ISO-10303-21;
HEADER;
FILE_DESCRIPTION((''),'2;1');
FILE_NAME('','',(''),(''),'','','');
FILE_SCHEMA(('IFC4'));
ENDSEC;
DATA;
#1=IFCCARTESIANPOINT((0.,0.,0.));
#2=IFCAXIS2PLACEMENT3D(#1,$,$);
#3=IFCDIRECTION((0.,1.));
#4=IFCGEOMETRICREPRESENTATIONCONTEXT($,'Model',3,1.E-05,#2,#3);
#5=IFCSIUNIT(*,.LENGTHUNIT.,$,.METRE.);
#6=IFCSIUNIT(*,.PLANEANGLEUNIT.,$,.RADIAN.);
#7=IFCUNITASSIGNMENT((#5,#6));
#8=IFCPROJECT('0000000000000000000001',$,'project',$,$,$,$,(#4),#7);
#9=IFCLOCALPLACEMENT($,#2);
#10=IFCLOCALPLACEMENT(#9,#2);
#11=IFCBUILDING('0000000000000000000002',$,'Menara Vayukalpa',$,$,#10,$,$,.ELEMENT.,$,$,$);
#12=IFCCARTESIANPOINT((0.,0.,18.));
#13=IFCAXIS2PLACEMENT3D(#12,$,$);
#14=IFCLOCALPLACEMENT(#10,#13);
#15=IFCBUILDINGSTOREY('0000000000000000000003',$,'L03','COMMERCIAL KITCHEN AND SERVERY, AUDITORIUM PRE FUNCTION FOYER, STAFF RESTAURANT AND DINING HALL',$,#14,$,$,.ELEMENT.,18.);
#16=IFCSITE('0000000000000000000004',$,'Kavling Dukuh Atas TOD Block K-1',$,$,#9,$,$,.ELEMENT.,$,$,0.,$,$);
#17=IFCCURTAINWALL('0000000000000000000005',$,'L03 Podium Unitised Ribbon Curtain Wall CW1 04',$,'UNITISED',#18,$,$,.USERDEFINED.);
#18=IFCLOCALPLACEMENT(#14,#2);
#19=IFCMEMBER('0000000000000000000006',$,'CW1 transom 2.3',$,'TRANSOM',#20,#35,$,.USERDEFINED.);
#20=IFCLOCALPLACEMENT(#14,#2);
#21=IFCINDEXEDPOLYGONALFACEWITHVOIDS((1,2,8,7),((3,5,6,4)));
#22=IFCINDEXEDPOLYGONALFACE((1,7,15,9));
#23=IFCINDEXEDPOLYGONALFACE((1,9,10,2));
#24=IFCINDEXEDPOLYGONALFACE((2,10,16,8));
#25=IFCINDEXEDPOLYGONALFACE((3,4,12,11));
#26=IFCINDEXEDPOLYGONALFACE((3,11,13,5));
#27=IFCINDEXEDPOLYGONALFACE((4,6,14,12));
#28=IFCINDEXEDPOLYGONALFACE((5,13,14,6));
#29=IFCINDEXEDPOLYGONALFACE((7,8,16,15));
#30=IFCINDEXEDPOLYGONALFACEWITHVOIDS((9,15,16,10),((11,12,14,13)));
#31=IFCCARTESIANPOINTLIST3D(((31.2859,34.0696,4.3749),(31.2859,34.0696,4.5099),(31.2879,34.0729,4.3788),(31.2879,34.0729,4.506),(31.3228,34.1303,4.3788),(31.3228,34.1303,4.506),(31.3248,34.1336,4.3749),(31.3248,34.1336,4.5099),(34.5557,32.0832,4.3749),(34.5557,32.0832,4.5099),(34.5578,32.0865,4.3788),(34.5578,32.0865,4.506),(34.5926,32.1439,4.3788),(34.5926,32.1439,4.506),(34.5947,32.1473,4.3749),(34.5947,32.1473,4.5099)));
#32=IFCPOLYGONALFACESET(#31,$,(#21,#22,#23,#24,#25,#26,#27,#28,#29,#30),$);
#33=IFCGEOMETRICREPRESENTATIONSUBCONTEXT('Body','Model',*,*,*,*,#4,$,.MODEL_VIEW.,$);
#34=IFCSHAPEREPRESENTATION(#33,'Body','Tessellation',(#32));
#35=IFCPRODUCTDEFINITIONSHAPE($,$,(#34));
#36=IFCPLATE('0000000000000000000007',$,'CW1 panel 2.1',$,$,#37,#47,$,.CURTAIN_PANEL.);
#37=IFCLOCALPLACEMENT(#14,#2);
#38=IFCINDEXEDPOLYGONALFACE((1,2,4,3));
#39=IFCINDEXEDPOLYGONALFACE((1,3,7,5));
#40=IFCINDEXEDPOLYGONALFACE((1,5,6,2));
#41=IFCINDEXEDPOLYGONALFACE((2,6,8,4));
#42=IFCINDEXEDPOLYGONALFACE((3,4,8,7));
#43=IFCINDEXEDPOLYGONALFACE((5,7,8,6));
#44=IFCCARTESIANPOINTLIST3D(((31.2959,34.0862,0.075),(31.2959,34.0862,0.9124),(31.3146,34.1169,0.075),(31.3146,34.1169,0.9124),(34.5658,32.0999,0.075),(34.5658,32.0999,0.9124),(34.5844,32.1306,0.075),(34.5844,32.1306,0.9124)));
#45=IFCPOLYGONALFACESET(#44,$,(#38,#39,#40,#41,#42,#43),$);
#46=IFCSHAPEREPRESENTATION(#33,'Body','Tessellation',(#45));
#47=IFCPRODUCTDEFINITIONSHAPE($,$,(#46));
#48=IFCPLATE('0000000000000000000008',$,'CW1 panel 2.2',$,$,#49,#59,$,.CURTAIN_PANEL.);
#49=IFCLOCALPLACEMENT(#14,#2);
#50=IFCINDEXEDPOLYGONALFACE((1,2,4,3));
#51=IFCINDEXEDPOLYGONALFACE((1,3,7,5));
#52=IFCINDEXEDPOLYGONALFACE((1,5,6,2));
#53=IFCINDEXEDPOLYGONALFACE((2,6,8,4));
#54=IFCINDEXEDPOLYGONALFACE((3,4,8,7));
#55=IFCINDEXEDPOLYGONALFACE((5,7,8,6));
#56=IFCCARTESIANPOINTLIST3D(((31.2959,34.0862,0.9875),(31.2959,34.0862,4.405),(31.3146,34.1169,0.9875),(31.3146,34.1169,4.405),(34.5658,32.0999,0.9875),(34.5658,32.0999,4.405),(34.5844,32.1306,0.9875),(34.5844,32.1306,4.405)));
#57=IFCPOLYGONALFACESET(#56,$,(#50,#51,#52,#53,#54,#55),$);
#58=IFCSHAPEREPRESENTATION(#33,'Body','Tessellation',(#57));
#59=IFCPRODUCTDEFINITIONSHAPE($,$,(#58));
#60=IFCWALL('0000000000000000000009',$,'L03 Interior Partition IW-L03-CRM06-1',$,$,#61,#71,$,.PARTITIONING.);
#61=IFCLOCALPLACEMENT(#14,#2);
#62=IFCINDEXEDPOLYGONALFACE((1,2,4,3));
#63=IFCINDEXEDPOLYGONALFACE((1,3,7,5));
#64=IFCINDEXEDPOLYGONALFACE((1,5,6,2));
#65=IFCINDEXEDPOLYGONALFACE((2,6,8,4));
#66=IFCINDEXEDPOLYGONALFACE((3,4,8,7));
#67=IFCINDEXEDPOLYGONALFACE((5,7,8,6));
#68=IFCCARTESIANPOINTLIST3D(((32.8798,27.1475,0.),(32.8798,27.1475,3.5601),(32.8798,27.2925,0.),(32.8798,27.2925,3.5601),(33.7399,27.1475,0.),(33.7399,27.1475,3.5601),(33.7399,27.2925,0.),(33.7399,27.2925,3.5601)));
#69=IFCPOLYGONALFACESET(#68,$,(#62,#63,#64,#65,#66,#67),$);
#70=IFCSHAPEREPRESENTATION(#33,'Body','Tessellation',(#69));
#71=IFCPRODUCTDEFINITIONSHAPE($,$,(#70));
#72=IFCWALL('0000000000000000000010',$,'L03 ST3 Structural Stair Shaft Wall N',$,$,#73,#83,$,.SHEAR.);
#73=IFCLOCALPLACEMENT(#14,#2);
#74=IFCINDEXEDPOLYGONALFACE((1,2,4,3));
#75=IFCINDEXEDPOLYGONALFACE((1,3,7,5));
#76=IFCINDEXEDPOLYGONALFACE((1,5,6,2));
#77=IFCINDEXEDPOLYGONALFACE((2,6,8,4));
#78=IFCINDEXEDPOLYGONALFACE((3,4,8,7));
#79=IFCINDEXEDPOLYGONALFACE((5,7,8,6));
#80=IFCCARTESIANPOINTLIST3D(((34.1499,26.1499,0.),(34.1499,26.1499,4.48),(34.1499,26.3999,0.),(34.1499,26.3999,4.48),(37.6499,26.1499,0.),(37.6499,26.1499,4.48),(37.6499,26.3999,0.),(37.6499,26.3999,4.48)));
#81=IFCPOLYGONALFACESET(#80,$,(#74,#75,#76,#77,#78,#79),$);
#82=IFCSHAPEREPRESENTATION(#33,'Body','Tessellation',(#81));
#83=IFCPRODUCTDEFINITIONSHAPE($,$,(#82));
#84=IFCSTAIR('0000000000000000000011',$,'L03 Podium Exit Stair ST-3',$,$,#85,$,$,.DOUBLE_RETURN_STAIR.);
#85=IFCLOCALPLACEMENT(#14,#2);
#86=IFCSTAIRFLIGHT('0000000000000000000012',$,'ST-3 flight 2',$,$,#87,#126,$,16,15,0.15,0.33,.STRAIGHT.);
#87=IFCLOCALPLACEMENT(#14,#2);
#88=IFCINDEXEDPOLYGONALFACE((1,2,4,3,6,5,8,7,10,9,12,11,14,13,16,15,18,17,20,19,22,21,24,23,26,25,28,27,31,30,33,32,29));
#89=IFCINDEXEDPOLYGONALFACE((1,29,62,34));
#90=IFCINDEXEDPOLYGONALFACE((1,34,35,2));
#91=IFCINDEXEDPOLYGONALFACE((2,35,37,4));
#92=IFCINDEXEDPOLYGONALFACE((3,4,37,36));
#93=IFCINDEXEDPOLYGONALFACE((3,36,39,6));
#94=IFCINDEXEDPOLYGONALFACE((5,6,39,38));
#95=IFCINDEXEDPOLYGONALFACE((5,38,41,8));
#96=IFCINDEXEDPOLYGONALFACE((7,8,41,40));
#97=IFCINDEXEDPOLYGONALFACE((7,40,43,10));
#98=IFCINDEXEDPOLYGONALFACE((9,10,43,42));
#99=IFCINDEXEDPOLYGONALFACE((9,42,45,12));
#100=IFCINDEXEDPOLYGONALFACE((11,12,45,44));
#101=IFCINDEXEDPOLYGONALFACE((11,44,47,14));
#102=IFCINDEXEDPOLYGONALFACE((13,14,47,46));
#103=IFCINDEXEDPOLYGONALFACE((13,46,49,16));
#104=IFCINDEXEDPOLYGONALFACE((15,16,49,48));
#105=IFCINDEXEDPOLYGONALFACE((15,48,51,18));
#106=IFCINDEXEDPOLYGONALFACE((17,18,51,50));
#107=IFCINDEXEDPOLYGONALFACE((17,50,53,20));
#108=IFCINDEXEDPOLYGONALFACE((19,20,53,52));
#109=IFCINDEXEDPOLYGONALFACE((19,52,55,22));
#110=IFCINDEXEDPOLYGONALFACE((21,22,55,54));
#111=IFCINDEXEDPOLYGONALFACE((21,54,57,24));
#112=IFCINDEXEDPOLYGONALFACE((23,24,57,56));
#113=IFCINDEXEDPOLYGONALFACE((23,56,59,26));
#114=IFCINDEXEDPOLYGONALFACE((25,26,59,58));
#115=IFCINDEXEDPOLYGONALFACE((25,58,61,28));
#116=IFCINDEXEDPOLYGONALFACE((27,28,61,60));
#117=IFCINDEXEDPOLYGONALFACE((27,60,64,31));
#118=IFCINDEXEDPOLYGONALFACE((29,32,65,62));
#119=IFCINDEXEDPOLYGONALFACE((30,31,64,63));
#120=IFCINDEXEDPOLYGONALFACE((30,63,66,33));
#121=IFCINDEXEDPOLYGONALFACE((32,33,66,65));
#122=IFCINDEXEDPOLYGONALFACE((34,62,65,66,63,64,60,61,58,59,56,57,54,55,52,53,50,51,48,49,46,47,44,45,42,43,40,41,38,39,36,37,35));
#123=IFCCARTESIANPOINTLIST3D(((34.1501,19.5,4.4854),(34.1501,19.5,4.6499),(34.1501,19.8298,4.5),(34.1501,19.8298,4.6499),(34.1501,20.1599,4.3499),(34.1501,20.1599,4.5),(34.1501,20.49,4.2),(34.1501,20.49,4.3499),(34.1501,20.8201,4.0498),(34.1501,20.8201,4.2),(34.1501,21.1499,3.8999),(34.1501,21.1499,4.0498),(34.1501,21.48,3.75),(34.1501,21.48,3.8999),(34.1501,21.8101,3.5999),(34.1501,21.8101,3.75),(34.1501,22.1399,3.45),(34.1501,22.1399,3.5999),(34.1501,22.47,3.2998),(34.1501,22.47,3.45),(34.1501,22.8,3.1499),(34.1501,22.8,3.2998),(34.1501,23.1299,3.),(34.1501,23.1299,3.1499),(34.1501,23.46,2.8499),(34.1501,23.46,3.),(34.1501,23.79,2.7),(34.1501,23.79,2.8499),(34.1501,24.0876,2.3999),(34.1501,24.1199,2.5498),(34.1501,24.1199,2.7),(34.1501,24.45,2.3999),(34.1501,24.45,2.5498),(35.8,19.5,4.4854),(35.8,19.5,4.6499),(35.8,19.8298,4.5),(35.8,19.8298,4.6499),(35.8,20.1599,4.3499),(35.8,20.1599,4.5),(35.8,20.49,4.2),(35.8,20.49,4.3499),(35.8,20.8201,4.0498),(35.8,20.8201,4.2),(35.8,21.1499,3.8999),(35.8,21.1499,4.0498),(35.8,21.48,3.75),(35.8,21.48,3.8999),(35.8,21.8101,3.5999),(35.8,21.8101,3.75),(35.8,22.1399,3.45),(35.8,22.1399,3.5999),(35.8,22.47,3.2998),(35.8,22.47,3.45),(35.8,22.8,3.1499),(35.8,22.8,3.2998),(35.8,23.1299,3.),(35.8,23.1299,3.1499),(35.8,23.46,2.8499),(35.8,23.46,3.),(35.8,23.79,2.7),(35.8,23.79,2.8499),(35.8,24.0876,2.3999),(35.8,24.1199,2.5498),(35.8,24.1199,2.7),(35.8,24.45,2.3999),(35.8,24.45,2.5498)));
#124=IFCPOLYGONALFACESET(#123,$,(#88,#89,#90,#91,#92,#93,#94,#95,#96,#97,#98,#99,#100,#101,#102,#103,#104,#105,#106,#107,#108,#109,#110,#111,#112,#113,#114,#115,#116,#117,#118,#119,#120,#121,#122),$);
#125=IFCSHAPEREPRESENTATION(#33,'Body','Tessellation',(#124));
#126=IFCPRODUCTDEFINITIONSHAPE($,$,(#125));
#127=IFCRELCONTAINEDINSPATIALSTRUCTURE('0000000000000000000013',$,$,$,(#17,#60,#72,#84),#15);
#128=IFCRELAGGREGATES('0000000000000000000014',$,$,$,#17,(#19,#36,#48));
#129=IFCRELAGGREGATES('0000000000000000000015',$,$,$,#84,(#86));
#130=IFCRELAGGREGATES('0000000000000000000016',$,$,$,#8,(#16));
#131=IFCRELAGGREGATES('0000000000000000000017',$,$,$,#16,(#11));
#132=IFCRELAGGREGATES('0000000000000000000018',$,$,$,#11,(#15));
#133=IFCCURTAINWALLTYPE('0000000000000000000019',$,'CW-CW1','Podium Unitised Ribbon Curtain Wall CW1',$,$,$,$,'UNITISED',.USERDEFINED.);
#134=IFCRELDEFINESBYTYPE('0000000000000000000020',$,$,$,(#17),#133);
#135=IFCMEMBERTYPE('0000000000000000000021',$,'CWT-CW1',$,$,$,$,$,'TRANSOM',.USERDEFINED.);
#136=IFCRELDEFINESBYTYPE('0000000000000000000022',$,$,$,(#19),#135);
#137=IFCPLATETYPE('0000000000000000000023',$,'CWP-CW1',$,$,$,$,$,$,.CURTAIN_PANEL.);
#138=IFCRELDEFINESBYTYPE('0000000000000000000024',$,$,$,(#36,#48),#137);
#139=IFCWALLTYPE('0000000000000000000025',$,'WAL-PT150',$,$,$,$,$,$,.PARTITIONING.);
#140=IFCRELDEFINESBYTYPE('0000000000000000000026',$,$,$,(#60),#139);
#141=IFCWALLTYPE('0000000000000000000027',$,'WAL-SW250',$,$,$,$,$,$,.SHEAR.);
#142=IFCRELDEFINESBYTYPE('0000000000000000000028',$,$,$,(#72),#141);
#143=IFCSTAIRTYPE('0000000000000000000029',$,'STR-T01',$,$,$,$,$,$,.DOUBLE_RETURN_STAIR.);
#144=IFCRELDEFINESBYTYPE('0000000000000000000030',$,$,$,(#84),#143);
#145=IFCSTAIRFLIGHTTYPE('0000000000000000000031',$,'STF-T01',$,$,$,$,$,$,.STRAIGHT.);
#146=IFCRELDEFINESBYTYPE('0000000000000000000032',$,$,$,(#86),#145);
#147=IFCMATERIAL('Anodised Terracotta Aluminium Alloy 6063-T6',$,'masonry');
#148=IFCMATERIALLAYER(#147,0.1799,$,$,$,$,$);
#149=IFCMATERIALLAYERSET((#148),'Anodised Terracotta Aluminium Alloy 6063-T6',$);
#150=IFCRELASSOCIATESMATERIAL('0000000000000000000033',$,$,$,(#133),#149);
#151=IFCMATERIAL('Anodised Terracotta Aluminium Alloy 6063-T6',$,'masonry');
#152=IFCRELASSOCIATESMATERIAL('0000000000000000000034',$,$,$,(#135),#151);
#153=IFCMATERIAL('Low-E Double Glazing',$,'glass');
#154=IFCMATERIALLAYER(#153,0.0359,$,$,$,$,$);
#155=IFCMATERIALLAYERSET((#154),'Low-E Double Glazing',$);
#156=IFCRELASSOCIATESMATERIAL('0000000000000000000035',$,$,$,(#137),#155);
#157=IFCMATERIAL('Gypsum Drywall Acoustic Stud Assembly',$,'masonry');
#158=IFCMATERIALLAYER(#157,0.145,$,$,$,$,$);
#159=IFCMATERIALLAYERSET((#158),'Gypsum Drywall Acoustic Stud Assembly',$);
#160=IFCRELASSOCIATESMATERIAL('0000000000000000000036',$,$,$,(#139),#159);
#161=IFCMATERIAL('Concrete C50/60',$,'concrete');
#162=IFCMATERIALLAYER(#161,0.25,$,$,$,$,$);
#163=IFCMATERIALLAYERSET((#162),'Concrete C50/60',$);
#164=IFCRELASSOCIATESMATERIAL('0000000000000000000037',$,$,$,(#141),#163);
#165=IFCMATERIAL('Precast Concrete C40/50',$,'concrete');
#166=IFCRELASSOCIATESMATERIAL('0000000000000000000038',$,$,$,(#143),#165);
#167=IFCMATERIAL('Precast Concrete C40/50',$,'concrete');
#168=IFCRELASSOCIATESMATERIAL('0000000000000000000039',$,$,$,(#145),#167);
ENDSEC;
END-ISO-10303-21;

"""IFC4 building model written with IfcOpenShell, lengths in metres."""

from ifc_helpers import new_model, si_unit, direction, frame, frame_2d, origin, origin_2d, place, context, subcontext, project, spatial, polyline, rectangle, hollow_rectangle, outline, extrude, material, layer, layer_set, material_profile, profile_set, type_object, element, aggregate, save


model = new_model("IFC4")

# Units and contexts
model_context = context("Model", 3, precision=1e-05, world=origin(), true_north=direction((0.0, 1.0)))
body_context = subcontext(model_context, "Body", "Model", "MODEL_VIEW")
ifc_project = project(units=[si_unit("LENGTHUNIT", "METRE"), si_unit("PLANEANGLEUNIT", "RADIAN")], contexts=[model_context])

# Site, building, storey
site_placement = place(None, origin())
site = spatial("IfcSite", under=ifc_project, at=site_placement, Name="Kavling Dukuh Atas TOD Block K-1", CompositionType="ELEMENT", RefElevation=0.0)
building_placement = place(site_placement, origin())
building = spatial("IfcBuilding", under=site, at=building_placement, Name="Menara Vayukalpa", CompositionType="ELEMENT")
storey_placement = place(building_placement, frame((0.0, 0.0, 18.0)))
storey = spatial("IfcBuildingStorey", under=building, at=storey_placement, Name="L03", Description="COMMERCIAL KITCHEN AND SERVERY, AUDITORIUM PRE FUNCTION FOYER, STAFF RESTAURANT AND DINING HALL", CompositionType="ELEMENT", Elevation=18.0)

# Curtain wall, member, plates
ifc_material_1 = material(Name="Anodised Terracotta Aluminium Alloy 6063-T6", Category="masonry")
ifc_layer_1 = layer(ifc_material_1, 0.1799)
ifc_layer_set_1 = layer_set([ifc_layer_1], Name="Anodised Terracotta Aluminium Alloy 6063-T6")
curtain_wall_type = type_object("IfcCurtainWallType", Name="CW-CW1", Description="Podium Unitised Ribbon Curtain Wall CW1", ElementType="UNITISED", PredefinedType="USERDEFINED", material=ifc_layer_set_1)
curtain_wall_placement = place(storey_placement, origin())
curtain_wall = element("IfcCurtainWall", 1, at=curtain_wall_placement, inside=storey, type_object=curtain_wall_type, Name="L03 Podium Unitised Ribbon Curtain Wall CW1 04", ObjectType="UNITISED", PredefinedType="USERDEFINED")
ifc_material_2 = material(Name="Anodised Terracotta Aluminium Alloy 6063-T6", Category="masonry")
ifc_material_profile_1 = material_profile(ifc_material_2, hollow_rectangle(XDim=0.075, YDim=0.135, WallThickness=0.0039, at=origin_2d()), Name="ALU 75x135x4")
ifc_profile_set_1 = profile_set([ifc_material_profile_1], Name="Anodised Terracotta Aluminium Alloy 6063-T6")
member_type_1 = type_object("IfcMemberType", Name="CWT-CW1", ElementType="TRANSOM", PredefinedType="USERDEFINED", material=ifc_profile_set_1)
member_1_placement = place(storey_placement, frame((34.5752, 32.1152, 4.4424), z_axis=(-0.854659, 0.51919, 0.0), x_axis=(-0.51919, -0.854659, 0.0)))
member_1 = element("IfcMember", 2, at=member_1_placement, type_object=member_type_1, Name="CW1 transom 2.3", ObjectType="TRANSOM", PredefinedType="USERDEFINED", context=body_context, shape_type="SweptSolid", body=[
    extrude(hollow_rectangle(XDim=0.075, YDim=0.135, WallThickness=0.0039, at=origin_2d()), origin(), (0.0, 0.0, 1.0), 3.8259),
])
ifc_material_3 = material(Name="Low-E Double Glazing", Category="glass")
ifc_layer_2 = layer(ifc_material_3, 0.0359)
ifc_layer_set_2 = layer_set([ifc_layer_2], Name="Low-E Double Glazing")
plate_type = type_object("IfcPlateType", Name="CWP-CW1", PredefinedType="CURTAIN_PANEL", material=ifc_layer_set_2)
plate_1_placement = place(storey_placement, frame((32.9402, 33.1084, 0.075), z_axis=(0.0, 0.0, 1.0), x_axis=(-0.854665, 0.51918, 0.0)))
plate_1 = element("IfcPlate", 3, at=plate_1_placement, type_object=plate_type, Name="CW1 panel 2.1", PredefinedType="CURTAIN_PANEL", context=body_context, shape_type="SweptSolid", body=[
    extrude(rectangle(XDim=3.8259, YDim=0.0359, at=origin_2d()), origin(), (0.0, 0.0, 1.0), 0.8374),
])
plate_2_placement = place(storey_placement, frame((32.9402, 33.1084, 0.9875), z_axis=(0.0, 0.0, 1.0), x_axis=(-0.854665, 0.51918, 0.0)))
plate_2 = element("IfcPlate", 4, at=plate_2_placement, type_object=plate_type, Name="CW1 panel 2.2", PredefinedType="CURTAIN_PANEL", context=body_context, shape_type="SweptSolid", body=[
    extrude(rectangle(XDim=3.8259, YDim=0.0359, at=origin_2d()), origin(), (0.0, 0.0, 1.0), 3.4175),
])
aggregate(curtain_wall, [member_1, plate_1, plate_2])

# Walls
ifc_material_4 = material(Name="Gypsum Drywall Acoustic Stud Assembly", Category="masonry")
ifc_layer_3 = layer(ifc_material_4, 0.145)
ifc_layer_set_3 = layer_set([ifc_layer_3], Name="Gypsum Drywall Acoustic Stud Assembly")
wall_type_1 = type_object("IfcWallType", Name="WAL-PT150", PredefinedType="PARTITIONING", material=ifc_layer_set_3)
wall_1_placement = place(storey_placement, frame((33.74, 27.22, 0.0), z_axis=(0.0, 0.0, 1.0), x_axis=(-1.0, 0.0, 0.0)))
element("IfcWall", 5, at=wall_1_placement, inside=storey, type_object=wall_type_1, Name="L03 Interior Partition IW-L03-CRM06-1", PredefinedType="PARTITIONING", context=body_context, shape_type="SweptSolid", body=[
    extrude(rectangle(XDim=0.8601, YDim=0.145, at=frame_2d((0.4302, 0.0))), origin(), (0.0, 0.0, 1.0), 3.5601),
])
ifc_material_5 = material(Name="Concrete C50/60", Category="concrete")
ifc_layer_4 = layer(ifc_material_5, 0.25)
ifc_layer_set_4 = layer_set([ifc_layer_4], Name="Concrete C50/60")
wall_type_2 = type_object("IfcWallType", Name="WAL-SW250", PredefinedType="SHEAR", material=ifc_layer_set_4)
wall_2_placement = place(storey_placement, frame((34.1499, 26.2749, 0.0), z_axis=(0.0, 0.0, 1.0), x_axis=(1.0, 0.0, 0.0)))
element("IfcWall", 6, at=wall_2_placement, inside=storey, type_object=wall_type_2, Name="L03 ST3 Structural Stair Shaft Wall N", PredefinedType="SHEAR", context=body_context, shape_type="SweptSolid", body=[
    extrude(rectangle(XDim=3.5, YDim=0.25, at=frame_2d((1.75, 0.0))), origin(), (0.0, 0.0, 1.0), 4.48),
])

# Stair, stair flight
ifc_material_6 = material(Name="Precast Concrete C40/50", Category="concrete")
stair_type = type_object("IfcStairType", Name="STR-T01", PredefinedType="DOUBLE_RETURN_STAIR", material=ifc_material_6)
stair_placement = place(storey_placement, origin())
stair = element("IfcStair", 7, at=stair_placement, inside=storey, type_object=stair_type, Name="L03 Podium Exit Stair ST-3", PredefinedType="DOUBLE_RETURN_STAIR")
ifc_material_7 = material(Name="Precast Concrete C40/50", Category="concrete")
stair_flight_type = type_object("IfcStairFlightType", Name="STF-T01", PredefinedType="STRAIGHT", material=ifc_material_7)
stair_flight_placement = place(storey_placement, frame((34.9751, 24.45, 2.3999), z_axis=(0.0, 0.0, 1.0), x_axis=(0.0, -1.0, 0.0)))
stair_flight = element("IfcStairFlight", 8, at=stair_flight_placement, type_object=stair_flight_type, Name="ST-3 flight 2", NumberOfRisers=16, NumberOfTreads=15, PredefinedType="STRAIGHT", RiserHeight=0.15, TreadLength=0.33, context=body_context, shape_type="SweptSolid", body=[
    extrude(outline(polyline([(0.0, 0.0), (0.0, 0.1499), (0.3301, 0.1499), (0.3301, 0.3), (0.6599, 0.3), (0.6599, 0.45), (0.99, 0.45), (0.99, 0.6001), (1.3201, 0.6001), (1.3201, 0.75), (1.6499, 0.75), (1.6499, 0.8999), (1.98, 0.8999), (1.98, 1.05), (2.3101, 1.05), (2.3101, 1.2), (2.6399, 1.2), (2.6399, 1.3501), (2.97, 1.3501), (2.97, 1.5), (3.3, 1.5), (3.3, 1.6499), (3.6299, 1.6499), (3.6299, 1.8), (3.96, 1.8), (3.96, 1.95), (4.29, 1.95), (4.29, 2.1001), (4.6201, 2.1001), (4.6201, 2.25), (4.95, 2.25), (4.95, 2.3999), (4.95, 2.0854), (0.3623, 0.0), (0.0, 0.0)])), frame((0.0, 0.825, 0.0), z_axis=(0.0, -1.0, 0.0), x_axis=(1.0, 0.0, 0.0)), (0.0, 0.0, 1.0), 1.6499),
])
aggregate(stair, [stair_flight])

save(model, "model.ifc")
